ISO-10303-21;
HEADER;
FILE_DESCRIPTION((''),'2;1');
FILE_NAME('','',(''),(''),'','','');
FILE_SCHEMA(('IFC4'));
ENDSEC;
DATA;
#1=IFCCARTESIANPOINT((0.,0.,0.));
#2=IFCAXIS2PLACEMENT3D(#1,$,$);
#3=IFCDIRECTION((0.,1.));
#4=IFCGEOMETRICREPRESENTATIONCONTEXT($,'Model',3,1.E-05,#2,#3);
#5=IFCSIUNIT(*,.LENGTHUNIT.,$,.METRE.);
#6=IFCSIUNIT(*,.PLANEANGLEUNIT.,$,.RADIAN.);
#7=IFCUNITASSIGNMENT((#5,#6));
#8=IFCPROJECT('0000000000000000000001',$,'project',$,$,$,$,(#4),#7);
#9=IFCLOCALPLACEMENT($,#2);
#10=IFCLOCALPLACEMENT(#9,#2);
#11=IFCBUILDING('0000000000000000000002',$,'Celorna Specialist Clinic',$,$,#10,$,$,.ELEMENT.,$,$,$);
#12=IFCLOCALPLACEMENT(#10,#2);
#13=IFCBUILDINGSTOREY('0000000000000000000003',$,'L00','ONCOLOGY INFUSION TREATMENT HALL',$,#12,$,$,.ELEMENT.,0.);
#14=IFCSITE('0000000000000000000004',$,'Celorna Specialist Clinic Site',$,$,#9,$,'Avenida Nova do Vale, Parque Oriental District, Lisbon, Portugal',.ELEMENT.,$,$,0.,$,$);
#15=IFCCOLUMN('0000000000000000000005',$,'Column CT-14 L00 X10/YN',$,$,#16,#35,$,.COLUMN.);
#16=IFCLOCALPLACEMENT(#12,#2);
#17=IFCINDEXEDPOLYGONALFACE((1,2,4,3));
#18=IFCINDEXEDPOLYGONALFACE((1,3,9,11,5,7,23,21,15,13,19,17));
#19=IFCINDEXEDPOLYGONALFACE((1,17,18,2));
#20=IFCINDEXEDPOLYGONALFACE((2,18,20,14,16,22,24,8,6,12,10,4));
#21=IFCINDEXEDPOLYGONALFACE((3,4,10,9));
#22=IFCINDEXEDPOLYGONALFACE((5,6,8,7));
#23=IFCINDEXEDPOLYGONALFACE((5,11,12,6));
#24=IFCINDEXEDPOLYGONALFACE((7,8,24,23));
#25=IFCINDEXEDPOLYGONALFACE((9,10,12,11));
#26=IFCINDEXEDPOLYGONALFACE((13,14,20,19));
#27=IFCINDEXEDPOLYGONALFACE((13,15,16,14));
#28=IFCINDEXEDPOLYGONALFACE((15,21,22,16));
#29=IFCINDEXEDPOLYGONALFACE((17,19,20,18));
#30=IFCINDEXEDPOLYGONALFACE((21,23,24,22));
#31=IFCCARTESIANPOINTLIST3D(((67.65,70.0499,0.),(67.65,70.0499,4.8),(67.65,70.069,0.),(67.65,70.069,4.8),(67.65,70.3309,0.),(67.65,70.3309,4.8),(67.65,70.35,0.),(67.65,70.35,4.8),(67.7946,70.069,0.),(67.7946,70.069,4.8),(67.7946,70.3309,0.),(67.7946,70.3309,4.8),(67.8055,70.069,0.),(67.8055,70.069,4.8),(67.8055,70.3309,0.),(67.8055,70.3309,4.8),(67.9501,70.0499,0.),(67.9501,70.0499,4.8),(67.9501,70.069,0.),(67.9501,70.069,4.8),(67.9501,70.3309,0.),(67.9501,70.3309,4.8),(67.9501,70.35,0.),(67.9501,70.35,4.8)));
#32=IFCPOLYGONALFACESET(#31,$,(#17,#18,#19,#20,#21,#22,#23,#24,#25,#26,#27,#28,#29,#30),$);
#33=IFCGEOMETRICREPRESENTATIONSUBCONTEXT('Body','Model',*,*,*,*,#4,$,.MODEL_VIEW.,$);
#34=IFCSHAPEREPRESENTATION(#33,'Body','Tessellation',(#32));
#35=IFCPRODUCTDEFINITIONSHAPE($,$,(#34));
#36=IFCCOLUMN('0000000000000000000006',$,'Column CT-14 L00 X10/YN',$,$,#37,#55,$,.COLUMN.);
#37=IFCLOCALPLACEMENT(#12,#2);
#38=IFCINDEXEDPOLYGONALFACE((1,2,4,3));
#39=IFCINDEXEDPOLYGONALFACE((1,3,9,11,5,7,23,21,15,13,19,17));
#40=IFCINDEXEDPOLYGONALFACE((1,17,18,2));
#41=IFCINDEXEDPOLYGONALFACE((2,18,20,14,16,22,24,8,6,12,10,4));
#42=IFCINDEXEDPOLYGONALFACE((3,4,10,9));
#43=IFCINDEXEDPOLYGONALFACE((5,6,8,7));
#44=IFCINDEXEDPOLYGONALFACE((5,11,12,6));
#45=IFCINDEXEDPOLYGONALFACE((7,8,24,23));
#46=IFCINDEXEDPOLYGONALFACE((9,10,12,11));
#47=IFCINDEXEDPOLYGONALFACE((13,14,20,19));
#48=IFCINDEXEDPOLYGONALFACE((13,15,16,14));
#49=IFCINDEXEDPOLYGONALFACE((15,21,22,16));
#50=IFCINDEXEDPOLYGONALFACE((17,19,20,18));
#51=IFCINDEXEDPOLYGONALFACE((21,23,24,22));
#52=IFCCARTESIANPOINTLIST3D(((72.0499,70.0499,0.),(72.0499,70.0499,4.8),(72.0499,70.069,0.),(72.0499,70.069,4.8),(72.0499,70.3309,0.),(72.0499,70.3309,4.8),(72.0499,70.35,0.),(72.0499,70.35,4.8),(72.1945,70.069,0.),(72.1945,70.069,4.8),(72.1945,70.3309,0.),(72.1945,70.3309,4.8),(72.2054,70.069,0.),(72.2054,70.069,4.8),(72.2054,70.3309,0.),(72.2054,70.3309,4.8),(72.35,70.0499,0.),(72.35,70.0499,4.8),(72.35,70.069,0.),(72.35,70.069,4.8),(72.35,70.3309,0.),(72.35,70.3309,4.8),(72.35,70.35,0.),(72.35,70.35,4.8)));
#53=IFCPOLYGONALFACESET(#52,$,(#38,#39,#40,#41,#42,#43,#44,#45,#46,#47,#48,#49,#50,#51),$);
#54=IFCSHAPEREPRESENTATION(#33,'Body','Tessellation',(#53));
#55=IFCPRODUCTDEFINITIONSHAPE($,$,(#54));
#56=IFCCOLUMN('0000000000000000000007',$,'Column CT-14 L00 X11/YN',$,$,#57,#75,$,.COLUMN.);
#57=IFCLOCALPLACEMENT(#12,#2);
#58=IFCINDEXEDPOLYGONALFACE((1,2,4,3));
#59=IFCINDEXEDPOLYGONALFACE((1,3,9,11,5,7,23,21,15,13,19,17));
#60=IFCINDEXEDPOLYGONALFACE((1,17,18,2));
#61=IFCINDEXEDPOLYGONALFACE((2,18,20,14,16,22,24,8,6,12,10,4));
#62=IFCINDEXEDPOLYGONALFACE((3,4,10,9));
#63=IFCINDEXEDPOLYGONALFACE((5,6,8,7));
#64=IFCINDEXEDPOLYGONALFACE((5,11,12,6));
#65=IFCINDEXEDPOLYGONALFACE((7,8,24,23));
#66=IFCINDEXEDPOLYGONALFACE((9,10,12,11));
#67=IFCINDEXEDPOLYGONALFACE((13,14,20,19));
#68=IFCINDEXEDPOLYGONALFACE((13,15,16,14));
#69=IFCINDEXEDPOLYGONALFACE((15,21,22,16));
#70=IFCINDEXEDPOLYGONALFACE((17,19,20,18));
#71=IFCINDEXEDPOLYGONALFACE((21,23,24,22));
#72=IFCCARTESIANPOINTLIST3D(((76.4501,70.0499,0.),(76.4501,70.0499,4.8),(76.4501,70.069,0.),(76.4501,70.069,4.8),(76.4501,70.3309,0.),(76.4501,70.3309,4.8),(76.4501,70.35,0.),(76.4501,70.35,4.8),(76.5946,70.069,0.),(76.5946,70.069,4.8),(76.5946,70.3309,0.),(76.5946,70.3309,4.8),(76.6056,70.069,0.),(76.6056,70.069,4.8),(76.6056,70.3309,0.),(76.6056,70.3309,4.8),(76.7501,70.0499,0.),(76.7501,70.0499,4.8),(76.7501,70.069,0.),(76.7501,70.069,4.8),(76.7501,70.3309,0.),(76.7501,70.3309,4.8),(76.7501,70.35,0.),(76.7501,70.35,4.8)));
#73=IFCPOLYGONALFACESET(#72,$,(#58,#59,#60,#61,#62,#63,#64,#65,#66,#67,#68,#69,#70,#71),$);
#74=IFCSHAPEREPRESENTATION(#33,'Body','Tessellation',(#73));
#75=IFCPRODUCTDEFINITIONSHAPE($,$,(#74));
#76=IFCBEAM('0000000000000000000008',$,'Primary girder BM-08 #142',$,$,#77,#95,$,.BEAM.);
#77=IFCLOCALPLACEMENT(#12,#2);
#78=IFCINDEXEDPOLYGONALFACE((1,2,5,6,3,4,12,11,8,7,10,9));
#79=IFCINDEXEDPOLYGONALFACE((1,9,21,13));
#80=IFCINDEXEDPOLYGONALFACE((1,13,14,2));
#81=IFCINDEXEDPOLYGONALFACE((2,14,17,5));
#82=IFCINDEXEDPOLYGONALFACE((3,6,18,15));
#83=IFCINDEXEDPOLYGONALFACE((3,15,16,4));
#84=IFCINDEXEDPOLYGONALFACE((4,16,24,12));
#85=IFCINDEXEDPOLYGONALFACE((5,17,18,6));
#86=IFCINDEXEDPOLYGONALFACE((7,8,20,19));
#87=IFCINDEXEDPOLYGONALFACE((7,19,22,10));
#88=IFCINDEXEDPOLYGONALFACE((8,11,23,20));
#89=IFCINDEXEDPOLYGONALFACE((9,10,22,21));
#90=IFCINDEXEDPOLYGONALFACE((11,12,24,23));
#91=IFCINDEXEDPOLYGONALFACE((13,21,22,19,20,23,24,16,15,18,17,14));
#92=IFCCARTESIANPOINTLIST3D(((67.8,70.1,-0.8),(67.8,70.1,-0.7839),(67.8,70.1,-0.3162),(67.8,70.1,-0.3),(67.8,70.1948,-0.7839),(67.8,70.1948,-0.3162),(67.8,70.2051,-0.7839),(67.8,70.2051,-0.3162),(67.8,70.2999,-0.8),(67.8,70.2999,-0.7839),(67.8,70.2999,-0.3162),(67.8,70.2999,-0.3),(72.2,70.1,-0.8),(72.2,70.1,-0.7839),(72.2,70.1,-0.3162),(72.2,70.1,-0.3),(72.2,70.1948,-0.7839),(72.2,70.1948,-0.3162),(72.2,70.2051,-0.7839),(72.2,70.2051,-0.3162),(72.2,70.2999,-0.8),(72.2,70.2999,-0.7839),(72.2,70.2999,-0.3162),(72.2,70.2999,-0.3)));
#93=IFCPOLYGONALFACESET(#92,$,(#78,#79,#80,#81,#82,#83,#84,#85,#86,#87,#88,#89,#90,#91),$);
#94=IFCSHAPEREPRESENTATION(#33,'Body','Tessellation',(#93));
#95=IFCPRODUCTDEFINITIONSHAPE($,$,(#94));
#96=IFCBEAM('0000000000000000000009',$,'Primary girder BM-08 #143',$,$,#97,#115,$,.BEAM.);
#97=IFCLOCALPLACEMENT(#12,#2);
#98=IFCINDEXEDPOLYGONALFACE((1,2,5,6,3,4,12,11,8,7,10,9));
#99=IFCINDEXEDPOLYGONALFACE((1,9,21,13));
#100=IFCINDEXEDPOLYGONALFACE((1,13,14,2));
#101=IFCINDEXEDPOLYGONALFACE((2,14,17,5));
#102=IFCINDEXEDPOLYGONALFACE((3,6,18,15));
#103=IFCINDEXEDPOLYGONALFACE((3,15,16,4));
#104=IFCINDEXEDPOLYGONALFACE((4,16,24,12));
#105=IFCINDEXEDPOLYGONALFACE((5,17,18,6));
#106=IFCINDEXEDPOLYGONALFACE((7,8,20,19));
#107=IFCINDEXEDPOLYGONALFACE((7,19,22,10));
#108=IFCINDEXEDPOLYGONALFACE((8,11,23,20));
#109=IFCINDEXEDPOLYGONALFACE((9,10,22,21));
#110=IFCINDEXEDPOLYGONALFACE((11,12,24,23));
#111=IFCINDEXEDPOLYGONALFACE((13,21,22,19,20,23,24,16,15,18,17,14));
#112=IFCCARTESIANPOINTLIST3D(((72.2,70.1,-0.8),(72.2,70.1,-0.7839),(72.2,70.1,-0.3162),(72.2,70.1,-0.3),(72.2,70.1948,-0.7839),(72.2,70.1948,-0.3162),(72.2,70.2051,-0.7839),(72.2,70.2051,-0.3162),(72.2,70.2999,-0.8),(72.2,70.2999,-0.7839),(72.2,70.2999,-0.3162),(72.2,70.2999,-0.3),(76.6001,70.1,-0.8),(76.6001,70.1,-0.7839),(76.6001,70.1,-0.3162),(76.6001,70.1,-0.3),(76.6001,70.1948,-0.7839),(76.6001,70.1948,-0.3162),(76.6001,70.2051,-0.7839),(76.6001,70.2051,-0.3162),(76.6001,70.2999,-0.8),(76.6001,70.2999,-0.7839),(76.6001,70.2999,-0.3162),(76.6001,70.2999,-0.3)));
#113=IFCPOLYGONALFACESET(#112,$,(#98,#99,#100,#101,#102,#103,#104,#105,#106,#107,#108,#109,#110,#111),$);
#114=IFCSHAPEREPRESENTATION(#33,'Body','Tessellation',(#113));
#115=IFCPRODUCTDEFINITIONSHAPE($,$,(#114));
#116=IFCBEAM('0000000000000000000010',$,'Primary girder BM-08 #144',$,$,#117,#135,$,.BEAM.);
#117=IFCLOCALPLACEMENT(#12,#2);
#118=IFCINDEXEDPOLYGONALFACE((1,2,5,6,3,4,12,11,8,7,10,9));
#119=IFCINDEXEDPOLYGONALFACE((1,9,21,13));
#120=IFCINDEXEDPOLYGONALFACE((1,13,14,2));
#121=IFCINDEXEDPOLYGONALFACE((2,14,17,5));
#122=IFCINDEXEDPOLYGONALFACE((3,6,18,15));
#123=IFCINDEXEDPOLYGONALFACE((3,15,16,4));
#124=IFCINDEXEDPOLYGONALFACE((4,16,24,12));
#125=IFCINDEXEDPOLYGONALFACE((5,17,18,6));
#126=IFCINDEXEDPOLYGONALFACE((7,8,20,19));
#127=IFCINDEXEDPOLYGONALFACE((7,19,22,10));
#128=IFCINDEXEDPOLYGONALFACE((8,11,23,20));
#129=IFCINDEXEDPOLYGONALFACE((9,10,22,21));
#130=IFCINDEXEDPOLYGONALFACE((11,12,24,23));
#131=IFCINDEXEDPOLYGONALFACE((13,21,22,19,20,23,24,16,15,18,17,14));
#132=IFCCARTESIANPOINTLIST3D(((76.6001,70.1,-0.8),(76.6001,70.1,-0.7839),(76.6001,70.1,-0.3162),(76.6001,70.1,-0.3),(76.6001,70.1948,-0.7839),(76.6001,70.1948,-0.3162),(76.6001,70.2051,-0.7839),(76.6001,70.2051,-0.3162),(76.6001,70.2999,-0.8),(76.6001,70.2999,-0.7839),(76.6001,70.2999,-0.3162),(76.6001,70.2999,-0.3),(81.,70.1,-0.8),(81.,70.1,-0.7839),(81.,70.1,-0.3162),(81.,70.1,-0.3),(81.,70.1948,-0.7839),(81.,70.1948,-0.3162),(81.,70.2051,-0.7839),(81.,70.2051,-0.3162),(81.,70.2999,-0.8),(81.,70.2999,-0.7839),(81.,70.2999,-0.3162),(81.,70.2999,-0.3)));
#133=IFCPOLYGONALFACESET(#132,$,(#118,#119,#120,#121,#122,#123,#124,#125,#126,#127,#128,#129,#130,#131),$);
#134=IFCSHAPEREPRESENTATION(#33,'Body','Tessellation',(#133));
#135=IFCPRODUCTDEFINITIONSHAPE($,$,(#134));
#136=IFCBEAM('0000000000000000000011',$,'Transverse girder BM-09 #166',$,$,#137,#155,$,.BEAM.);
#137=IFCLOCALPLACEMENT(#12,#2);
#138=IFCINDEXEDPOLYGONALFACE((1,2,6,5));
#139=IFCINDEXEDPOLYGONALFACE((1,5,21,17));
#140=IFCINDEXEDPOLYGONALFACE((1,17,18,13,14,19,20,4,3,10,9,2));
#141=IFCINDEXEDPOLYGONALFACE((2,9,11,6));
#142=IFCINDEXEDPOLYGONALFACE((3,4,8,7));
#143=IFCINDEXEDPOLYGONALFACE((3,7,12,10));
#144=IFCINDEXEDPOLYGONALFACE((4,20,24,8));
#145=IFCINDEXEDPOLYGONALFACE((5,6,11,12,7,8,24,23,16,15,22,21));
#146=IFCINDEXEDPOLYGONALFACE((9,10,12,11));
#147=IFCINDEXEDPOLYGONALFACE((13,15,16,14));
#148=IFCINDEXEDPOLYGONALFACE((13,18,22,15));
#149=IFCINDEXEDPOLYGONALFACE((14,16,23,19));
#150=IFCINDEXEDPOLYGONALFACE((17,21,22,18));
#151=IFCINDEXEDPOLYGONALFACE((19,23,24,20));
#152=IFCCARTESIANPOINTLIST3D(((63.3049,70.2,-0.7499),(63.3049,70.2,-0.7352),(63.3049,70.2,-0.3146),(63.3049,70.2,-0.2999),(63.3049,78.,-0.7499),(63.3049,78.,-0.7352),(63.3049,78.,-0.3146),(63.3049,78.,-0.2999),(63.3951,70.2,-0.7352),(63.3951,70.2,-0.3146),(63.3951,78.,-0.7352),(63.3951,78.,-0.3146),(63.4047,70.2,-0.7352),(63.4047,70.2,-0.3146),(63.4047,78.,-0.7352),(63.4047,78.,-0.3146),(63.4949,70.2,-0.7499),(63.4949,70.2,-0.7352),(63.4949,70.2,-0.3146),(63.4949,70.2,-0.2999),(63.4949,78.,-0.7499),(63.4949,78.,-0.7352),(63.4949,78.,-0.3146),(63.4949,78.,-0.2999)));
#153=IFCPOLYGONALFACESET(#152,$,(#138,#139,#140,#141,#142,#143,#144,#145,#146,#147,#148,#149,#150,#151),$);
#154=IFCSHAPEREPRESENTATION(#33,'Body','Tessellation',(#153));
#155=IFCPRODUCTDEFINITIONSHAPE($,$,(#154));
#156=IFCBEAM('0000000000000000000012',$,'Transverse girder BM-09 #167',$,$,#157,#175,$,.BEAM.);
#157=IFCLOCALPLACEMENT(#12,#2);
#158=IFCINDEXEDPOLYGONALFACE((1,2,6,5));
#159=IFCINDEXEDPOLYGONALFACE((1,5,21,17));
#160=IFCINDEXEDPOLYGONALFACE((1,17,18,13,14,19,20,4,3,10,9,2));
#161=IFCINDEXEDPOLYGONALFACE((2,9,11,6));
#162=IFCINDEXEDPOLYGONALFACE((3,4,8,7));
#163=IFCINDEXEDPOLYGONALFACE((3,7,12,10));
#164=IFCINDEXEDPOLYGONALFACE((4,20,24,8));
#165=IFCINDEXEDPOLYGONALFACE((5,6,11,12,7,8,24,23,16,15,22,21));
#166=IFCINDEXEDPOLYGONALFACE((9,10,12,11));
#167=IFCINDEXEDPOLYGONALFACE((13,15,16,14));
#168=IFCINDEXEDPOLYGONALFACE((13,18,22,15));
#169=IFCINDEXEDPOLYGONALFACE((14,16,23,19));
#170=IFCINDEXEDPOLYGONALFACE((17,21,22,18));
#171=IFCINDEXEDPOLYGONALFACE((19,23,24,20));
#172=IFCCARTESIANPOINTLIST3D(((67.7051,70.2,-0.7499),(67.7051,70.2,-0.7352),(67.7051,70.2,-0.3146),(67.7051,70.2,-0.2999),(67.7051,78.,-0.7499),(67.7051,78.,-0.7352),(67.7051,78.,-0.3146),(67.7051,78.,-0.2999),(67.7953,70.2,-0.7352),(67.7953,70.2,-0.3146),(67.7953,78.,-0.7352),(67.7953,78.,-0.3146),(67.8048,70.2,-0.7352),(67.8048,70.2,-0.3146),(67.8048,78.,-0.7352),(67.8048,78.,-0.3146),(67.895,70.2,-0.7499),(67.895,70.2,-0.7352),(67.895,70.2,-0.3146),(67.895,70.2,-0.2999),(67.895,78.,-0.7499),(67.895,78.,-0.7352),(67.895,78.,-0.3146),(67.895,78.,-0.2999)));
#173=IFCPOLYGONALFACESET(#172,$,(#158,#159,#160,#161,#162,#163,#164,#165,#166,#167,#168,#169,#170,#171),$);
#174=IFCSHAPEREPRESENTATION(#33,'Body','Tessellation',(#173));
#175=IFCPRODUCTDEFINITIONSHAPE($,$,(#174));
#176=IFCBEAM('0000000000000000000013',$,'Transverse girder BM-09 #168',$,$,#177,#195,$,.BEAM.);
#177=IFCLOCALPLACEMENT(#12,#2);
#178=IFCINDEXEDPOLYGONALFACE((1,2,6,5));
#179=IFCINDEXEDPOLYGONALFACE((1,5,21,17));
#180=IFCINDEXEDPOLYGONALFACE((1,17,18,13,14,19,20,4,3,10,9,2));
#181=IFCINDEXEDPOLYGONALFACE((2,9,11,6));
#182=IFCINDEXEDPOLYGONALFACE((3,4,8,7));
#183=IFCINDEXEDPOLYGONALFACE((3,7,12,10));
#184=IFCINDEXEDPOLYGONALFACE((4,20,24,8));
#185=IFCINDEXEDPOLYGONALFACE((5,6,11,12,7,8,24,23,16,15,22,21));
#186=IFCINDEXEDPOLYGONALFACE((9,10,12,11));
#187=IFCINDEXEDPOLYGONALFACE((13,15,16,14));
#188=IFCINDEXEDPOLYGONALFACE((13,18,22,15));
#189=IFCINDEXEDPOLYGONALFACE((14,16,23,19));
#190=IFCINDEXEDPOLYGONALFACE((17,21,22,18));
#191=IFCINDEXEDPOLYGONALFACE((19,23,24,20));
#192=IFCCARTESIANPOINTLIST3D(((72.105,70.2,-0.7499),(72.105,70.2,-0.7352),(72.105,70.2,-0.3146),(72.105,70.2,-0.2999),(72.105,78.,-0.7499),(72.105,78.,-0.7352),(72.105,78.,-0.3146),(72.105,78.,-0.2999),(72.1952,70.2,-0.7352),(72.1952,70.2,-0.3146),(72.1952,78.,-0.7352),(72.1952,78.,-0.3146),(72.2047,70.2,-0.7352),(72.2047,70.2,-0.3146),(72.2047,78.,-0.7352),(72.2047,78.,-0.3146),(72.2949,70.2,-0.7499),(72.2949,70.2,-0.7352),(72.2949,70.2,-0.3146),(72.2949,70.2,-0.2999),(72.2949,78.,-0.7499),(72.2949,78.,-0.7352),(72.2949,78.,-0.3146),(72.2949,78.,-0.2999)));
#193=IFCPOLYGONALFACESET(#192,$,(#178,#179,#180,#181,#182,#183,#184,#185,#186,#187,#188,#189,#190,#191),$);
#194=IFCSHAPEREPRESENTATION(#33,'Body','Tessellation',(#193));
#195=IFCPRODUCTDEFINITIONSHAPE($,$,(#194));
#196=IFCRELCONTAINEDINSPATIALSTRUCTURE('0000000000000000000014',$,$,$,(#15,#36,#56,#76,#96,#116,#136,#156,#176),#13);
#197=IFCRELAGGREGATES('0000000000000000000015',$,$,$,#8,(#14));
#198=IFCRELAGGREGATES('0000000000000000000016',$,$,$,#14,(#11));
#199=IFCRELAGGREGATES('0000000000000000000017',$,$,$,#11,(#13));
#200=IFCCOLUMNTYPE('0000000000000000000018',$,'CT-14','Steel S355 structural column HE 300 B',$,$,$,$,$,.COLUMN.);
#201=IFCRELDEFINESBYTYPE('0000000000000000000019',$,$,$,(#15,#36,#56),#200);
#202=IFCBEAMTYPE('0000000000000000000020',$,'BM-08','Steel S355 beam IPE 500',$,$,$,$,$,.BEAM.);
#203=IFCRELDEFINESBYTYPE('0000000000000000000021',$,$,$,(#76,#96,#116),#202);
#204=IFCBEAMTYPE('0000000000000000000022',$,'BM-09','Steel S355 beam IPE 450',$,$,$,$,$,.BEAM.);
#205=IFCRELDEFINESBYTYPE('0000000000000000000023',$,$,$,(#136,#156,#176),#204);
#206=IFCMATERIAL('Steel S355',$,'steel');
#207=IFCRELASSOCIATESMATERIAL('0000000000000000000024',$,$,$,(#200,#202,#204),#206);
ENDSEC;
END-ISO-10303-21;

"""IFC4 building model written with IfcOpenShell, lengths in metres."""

from ifc_helpers import new_model, si_unit, direction, frame, origin, origin_2d, place, context, subcontext, project, spatial, i_section, extrude, material, material_profile, profile_set, type_object, element, save


model = new_model("IFC4")

# Units and contexts
model_context = context("Model", 3, precision=1e-05, world=origin(), true_north=direction((0.0, 1.0)))
body_context = subcontext(model_context, "Body", "Model", "MODEL_VIEW")
ifc_project = project(units=[si_unit("LENGTHUNIT", "METRE"), si_unit("PLANEANGLEUNIT", "RADIAN")], contexts=[model_context])

# Site, building, storey
site_placement = place(None, origin())
site = spatial("IfcSite", under=ifc_project, at=site_placement, Name="Celorna Specialist Clinic Site", LongName="Avenida Nova do Vale, Parque Oriental District, Lisbon, Portugal", CompositionType="ELEMENT", RefElevation=0.0)
building_placement = place(site_placement, origin())
building = spatial("IfcBuilding", under=site, at=building_placement, Name="Celorna Specialist Clinic", CompositionType="ELEMENT")
storey_placement = place(building_placement, origin())
storey = spatial("IfcBuildingStorey", under=building, at=storey_placement, Name="L00", Description="ONCOLOGY INFUSION TREATMENT HALL", CompositionType="ELEMENT", Elevation=0.0)

# Columns
ifc_material_1 = material(Name="Steel S355", Category="steel")
ifc_material_profile_1 = material_profile(ifc_material_1, i_section(OverallWidth=0.3, OverallDepth=0.3, WebThickness=0.011, FlangeThickness=0.019, at=origin_2d()), Name="HE 300 B")
ifc_profile_set_1 = profile_set([ifc_material_profile_1], Name="Steel S355")
column_type = type_object("IfcColumnType", Name="CT-14", Description="Steel S355 structural column HE 300 B", PredefinedType="COLUMN", material=ifc_profile_set_1)
for number, where, z_axis, x_axis, name in (
    (1, (67.8, 70.2, 0.0), (0.0, 0.0, 1.0), (1.0, 0.0, 0.0), "Column CT-14 L00 X10/YN"),
    (2, (72.2, 70.2, 0.0), (0.0, 0.0, 1.0), (1.0, 0.0, 0.0), "Column CT-14 L00 X10/YN"),
    (3, (76.6001, 70.2, 0.0), (0.0, 0.0, 1.0), (1.0, 0.0, 0.0), "Column CT-14 L00 X11/YN"),
):
    element("IfcColumn", number, at=place(storey_placement, frame(where, z_axis=z_axis, x_axis=x_axis)), inside=storey, type_object=column_type, Name=name, PredefinedType="COLUMN", context=body_context, shape_type="SweptSolid", body=[
        extrude(i_section(OverallWidth=0.3, OverallDepth=0.3, WebThickness=0.011, FlangeThickness=0.019, at=origin_2d()), origin(), (0.0, 0.0, 1.0), 4.8),
    ])

# Beams
ifc_material_profile_2 = material_profile(ifc_material_1, i_section(OverallWidth=0.2, OverallDepth=0.5, WebThickness=0.0103, FlangeThickness=0.0161, at=origin_2d()), Name="IPE 500")
ifc_profile_set_2 = profile_set([ifc_material_profile_2], Name="Steel S355")
beam_type_1 = type_object("IfcBeamType", Name="BM-08", Description="Steel S355 beam IPE 500", PredefinedType="BEAM", material=ifc_profile_set_2)
beam_1_placement = place(storey_placement, frame((67.8, 70.2, -0.55), z_axis=(1.0, 0.0, 0.0), x_axis=(0.0, 1.0, 0.0)))
element("IfcBeam", 4, at=beam_1_placement, inside=storey, type_object=beam_type_1, Name="Primary girder BM-08 #142", PredefinedType="BEAM", context=body_context, shape_type="SweptSolid", body=[
    extrude(i_section(OverallWidth=0.2, OverallDepth=0.5, WebThickness=0.0103, FlangeThickness=0.0161, at=origin_2d()), origin(), (0.0, 0.0, 1.0), 4.3999),
])
beam_2_placement = place(storey_placement, frame((72.2, 70.2, -0.55), z_axis=(1.0, 0.0, 0.0), x_axis=(0.0, 1.0, 0.0)))
element("IfcBeam", 5, at=beam_2_placement, inside=storey, type_object=beam_type_1, Name="Primary girder BM-08 #143", PredefinedType="BEAM", context=body_context, shape_type="SweptSolid", body=[
    extrude(i_section(OverallWidth=0.2, OverallDepth=0.5, WebThickness=0.0103, FlangeThickness=0.0161, at=origin_2d()), origin(), (0.0, 0.0, 1.0), 4.4001),
])
beam_3_placement = place(storey_placement, frame((76.6001, 70.2, -0.55), z_axis=(1.0, 0.0, 0.0), x_axis=(0.0, 1.0, 0.0)))
element("IfcBeam", 6, at=beam_3_placement, inside=storey, type_object=beam_type_1, Name="Primary girder BM-08 #144", PredefinedType="BEAM", context=body_context, shape_type="SweptSolid", body=[
    extrude(i_section(OverallWidth=0.2, OverallDepth=0.5, WebThickness=0.0103, FlangeThickness=0.0161, at=origin_2d()), origin(), (0.0, 0.0, 1.0), 4.3999),
])
ifc_material_profile_3 = material_profile(ifc_material_1, i_section(OverallWidth=0.1899, OverallDepth=0.45, WebThickness=0.0095, FlangeThickness=0.0146, at=origin_2d()), Name="IPE 450")
ifc_profile_set_3 = profile_set([ifc_material_profile_3], Name="Steel S355")
beam_type_2 = type_object("IfcBeamType", Name="BM-09", Description="Steel S355 beam IPE 450", PredefinedType="BEAM", material=ifc_profile_set_3)
for number, where, z_axis, x_axis, name in (
    (7, (63.3999, 70.2, -0.5249), (0.0, 1.0, 0.0), (-1.0, 0.0, 0.0), "Transverse girder BM-09 #166"),
    (8, (67.8, 70.2, -0.5249), (0.0, 1.0, 0.0), (-1.0, 0.0, 0.0), "Transverse girder BM-09 #167"),
    (9, (72.2, 70.2, -0.5249), (0.0, 1.0, 0.0), (-1.0, 0.0, 0.0), "Transverse girder BM-09 #168"),
):
    element("IfcBeam", number, at=place(storey_placement, frame(where, z_axis=z_axis, x_axis=x_axis)), inside=storey, type_object=beam_type_2, Name=name, PredefinedType="BEAM", context=body_context, shape_type="SweptSolid", body=[
        extrude(i_section(OverallWidth=0.1899, OverallDepth=0.45, WebThickness=0.0095, FlangeThickness=0.0146, at=origin_2d()), origin(), (0.0, 0.0, 1.0), 7.8),
    ])

save(model, "model.ifc")
